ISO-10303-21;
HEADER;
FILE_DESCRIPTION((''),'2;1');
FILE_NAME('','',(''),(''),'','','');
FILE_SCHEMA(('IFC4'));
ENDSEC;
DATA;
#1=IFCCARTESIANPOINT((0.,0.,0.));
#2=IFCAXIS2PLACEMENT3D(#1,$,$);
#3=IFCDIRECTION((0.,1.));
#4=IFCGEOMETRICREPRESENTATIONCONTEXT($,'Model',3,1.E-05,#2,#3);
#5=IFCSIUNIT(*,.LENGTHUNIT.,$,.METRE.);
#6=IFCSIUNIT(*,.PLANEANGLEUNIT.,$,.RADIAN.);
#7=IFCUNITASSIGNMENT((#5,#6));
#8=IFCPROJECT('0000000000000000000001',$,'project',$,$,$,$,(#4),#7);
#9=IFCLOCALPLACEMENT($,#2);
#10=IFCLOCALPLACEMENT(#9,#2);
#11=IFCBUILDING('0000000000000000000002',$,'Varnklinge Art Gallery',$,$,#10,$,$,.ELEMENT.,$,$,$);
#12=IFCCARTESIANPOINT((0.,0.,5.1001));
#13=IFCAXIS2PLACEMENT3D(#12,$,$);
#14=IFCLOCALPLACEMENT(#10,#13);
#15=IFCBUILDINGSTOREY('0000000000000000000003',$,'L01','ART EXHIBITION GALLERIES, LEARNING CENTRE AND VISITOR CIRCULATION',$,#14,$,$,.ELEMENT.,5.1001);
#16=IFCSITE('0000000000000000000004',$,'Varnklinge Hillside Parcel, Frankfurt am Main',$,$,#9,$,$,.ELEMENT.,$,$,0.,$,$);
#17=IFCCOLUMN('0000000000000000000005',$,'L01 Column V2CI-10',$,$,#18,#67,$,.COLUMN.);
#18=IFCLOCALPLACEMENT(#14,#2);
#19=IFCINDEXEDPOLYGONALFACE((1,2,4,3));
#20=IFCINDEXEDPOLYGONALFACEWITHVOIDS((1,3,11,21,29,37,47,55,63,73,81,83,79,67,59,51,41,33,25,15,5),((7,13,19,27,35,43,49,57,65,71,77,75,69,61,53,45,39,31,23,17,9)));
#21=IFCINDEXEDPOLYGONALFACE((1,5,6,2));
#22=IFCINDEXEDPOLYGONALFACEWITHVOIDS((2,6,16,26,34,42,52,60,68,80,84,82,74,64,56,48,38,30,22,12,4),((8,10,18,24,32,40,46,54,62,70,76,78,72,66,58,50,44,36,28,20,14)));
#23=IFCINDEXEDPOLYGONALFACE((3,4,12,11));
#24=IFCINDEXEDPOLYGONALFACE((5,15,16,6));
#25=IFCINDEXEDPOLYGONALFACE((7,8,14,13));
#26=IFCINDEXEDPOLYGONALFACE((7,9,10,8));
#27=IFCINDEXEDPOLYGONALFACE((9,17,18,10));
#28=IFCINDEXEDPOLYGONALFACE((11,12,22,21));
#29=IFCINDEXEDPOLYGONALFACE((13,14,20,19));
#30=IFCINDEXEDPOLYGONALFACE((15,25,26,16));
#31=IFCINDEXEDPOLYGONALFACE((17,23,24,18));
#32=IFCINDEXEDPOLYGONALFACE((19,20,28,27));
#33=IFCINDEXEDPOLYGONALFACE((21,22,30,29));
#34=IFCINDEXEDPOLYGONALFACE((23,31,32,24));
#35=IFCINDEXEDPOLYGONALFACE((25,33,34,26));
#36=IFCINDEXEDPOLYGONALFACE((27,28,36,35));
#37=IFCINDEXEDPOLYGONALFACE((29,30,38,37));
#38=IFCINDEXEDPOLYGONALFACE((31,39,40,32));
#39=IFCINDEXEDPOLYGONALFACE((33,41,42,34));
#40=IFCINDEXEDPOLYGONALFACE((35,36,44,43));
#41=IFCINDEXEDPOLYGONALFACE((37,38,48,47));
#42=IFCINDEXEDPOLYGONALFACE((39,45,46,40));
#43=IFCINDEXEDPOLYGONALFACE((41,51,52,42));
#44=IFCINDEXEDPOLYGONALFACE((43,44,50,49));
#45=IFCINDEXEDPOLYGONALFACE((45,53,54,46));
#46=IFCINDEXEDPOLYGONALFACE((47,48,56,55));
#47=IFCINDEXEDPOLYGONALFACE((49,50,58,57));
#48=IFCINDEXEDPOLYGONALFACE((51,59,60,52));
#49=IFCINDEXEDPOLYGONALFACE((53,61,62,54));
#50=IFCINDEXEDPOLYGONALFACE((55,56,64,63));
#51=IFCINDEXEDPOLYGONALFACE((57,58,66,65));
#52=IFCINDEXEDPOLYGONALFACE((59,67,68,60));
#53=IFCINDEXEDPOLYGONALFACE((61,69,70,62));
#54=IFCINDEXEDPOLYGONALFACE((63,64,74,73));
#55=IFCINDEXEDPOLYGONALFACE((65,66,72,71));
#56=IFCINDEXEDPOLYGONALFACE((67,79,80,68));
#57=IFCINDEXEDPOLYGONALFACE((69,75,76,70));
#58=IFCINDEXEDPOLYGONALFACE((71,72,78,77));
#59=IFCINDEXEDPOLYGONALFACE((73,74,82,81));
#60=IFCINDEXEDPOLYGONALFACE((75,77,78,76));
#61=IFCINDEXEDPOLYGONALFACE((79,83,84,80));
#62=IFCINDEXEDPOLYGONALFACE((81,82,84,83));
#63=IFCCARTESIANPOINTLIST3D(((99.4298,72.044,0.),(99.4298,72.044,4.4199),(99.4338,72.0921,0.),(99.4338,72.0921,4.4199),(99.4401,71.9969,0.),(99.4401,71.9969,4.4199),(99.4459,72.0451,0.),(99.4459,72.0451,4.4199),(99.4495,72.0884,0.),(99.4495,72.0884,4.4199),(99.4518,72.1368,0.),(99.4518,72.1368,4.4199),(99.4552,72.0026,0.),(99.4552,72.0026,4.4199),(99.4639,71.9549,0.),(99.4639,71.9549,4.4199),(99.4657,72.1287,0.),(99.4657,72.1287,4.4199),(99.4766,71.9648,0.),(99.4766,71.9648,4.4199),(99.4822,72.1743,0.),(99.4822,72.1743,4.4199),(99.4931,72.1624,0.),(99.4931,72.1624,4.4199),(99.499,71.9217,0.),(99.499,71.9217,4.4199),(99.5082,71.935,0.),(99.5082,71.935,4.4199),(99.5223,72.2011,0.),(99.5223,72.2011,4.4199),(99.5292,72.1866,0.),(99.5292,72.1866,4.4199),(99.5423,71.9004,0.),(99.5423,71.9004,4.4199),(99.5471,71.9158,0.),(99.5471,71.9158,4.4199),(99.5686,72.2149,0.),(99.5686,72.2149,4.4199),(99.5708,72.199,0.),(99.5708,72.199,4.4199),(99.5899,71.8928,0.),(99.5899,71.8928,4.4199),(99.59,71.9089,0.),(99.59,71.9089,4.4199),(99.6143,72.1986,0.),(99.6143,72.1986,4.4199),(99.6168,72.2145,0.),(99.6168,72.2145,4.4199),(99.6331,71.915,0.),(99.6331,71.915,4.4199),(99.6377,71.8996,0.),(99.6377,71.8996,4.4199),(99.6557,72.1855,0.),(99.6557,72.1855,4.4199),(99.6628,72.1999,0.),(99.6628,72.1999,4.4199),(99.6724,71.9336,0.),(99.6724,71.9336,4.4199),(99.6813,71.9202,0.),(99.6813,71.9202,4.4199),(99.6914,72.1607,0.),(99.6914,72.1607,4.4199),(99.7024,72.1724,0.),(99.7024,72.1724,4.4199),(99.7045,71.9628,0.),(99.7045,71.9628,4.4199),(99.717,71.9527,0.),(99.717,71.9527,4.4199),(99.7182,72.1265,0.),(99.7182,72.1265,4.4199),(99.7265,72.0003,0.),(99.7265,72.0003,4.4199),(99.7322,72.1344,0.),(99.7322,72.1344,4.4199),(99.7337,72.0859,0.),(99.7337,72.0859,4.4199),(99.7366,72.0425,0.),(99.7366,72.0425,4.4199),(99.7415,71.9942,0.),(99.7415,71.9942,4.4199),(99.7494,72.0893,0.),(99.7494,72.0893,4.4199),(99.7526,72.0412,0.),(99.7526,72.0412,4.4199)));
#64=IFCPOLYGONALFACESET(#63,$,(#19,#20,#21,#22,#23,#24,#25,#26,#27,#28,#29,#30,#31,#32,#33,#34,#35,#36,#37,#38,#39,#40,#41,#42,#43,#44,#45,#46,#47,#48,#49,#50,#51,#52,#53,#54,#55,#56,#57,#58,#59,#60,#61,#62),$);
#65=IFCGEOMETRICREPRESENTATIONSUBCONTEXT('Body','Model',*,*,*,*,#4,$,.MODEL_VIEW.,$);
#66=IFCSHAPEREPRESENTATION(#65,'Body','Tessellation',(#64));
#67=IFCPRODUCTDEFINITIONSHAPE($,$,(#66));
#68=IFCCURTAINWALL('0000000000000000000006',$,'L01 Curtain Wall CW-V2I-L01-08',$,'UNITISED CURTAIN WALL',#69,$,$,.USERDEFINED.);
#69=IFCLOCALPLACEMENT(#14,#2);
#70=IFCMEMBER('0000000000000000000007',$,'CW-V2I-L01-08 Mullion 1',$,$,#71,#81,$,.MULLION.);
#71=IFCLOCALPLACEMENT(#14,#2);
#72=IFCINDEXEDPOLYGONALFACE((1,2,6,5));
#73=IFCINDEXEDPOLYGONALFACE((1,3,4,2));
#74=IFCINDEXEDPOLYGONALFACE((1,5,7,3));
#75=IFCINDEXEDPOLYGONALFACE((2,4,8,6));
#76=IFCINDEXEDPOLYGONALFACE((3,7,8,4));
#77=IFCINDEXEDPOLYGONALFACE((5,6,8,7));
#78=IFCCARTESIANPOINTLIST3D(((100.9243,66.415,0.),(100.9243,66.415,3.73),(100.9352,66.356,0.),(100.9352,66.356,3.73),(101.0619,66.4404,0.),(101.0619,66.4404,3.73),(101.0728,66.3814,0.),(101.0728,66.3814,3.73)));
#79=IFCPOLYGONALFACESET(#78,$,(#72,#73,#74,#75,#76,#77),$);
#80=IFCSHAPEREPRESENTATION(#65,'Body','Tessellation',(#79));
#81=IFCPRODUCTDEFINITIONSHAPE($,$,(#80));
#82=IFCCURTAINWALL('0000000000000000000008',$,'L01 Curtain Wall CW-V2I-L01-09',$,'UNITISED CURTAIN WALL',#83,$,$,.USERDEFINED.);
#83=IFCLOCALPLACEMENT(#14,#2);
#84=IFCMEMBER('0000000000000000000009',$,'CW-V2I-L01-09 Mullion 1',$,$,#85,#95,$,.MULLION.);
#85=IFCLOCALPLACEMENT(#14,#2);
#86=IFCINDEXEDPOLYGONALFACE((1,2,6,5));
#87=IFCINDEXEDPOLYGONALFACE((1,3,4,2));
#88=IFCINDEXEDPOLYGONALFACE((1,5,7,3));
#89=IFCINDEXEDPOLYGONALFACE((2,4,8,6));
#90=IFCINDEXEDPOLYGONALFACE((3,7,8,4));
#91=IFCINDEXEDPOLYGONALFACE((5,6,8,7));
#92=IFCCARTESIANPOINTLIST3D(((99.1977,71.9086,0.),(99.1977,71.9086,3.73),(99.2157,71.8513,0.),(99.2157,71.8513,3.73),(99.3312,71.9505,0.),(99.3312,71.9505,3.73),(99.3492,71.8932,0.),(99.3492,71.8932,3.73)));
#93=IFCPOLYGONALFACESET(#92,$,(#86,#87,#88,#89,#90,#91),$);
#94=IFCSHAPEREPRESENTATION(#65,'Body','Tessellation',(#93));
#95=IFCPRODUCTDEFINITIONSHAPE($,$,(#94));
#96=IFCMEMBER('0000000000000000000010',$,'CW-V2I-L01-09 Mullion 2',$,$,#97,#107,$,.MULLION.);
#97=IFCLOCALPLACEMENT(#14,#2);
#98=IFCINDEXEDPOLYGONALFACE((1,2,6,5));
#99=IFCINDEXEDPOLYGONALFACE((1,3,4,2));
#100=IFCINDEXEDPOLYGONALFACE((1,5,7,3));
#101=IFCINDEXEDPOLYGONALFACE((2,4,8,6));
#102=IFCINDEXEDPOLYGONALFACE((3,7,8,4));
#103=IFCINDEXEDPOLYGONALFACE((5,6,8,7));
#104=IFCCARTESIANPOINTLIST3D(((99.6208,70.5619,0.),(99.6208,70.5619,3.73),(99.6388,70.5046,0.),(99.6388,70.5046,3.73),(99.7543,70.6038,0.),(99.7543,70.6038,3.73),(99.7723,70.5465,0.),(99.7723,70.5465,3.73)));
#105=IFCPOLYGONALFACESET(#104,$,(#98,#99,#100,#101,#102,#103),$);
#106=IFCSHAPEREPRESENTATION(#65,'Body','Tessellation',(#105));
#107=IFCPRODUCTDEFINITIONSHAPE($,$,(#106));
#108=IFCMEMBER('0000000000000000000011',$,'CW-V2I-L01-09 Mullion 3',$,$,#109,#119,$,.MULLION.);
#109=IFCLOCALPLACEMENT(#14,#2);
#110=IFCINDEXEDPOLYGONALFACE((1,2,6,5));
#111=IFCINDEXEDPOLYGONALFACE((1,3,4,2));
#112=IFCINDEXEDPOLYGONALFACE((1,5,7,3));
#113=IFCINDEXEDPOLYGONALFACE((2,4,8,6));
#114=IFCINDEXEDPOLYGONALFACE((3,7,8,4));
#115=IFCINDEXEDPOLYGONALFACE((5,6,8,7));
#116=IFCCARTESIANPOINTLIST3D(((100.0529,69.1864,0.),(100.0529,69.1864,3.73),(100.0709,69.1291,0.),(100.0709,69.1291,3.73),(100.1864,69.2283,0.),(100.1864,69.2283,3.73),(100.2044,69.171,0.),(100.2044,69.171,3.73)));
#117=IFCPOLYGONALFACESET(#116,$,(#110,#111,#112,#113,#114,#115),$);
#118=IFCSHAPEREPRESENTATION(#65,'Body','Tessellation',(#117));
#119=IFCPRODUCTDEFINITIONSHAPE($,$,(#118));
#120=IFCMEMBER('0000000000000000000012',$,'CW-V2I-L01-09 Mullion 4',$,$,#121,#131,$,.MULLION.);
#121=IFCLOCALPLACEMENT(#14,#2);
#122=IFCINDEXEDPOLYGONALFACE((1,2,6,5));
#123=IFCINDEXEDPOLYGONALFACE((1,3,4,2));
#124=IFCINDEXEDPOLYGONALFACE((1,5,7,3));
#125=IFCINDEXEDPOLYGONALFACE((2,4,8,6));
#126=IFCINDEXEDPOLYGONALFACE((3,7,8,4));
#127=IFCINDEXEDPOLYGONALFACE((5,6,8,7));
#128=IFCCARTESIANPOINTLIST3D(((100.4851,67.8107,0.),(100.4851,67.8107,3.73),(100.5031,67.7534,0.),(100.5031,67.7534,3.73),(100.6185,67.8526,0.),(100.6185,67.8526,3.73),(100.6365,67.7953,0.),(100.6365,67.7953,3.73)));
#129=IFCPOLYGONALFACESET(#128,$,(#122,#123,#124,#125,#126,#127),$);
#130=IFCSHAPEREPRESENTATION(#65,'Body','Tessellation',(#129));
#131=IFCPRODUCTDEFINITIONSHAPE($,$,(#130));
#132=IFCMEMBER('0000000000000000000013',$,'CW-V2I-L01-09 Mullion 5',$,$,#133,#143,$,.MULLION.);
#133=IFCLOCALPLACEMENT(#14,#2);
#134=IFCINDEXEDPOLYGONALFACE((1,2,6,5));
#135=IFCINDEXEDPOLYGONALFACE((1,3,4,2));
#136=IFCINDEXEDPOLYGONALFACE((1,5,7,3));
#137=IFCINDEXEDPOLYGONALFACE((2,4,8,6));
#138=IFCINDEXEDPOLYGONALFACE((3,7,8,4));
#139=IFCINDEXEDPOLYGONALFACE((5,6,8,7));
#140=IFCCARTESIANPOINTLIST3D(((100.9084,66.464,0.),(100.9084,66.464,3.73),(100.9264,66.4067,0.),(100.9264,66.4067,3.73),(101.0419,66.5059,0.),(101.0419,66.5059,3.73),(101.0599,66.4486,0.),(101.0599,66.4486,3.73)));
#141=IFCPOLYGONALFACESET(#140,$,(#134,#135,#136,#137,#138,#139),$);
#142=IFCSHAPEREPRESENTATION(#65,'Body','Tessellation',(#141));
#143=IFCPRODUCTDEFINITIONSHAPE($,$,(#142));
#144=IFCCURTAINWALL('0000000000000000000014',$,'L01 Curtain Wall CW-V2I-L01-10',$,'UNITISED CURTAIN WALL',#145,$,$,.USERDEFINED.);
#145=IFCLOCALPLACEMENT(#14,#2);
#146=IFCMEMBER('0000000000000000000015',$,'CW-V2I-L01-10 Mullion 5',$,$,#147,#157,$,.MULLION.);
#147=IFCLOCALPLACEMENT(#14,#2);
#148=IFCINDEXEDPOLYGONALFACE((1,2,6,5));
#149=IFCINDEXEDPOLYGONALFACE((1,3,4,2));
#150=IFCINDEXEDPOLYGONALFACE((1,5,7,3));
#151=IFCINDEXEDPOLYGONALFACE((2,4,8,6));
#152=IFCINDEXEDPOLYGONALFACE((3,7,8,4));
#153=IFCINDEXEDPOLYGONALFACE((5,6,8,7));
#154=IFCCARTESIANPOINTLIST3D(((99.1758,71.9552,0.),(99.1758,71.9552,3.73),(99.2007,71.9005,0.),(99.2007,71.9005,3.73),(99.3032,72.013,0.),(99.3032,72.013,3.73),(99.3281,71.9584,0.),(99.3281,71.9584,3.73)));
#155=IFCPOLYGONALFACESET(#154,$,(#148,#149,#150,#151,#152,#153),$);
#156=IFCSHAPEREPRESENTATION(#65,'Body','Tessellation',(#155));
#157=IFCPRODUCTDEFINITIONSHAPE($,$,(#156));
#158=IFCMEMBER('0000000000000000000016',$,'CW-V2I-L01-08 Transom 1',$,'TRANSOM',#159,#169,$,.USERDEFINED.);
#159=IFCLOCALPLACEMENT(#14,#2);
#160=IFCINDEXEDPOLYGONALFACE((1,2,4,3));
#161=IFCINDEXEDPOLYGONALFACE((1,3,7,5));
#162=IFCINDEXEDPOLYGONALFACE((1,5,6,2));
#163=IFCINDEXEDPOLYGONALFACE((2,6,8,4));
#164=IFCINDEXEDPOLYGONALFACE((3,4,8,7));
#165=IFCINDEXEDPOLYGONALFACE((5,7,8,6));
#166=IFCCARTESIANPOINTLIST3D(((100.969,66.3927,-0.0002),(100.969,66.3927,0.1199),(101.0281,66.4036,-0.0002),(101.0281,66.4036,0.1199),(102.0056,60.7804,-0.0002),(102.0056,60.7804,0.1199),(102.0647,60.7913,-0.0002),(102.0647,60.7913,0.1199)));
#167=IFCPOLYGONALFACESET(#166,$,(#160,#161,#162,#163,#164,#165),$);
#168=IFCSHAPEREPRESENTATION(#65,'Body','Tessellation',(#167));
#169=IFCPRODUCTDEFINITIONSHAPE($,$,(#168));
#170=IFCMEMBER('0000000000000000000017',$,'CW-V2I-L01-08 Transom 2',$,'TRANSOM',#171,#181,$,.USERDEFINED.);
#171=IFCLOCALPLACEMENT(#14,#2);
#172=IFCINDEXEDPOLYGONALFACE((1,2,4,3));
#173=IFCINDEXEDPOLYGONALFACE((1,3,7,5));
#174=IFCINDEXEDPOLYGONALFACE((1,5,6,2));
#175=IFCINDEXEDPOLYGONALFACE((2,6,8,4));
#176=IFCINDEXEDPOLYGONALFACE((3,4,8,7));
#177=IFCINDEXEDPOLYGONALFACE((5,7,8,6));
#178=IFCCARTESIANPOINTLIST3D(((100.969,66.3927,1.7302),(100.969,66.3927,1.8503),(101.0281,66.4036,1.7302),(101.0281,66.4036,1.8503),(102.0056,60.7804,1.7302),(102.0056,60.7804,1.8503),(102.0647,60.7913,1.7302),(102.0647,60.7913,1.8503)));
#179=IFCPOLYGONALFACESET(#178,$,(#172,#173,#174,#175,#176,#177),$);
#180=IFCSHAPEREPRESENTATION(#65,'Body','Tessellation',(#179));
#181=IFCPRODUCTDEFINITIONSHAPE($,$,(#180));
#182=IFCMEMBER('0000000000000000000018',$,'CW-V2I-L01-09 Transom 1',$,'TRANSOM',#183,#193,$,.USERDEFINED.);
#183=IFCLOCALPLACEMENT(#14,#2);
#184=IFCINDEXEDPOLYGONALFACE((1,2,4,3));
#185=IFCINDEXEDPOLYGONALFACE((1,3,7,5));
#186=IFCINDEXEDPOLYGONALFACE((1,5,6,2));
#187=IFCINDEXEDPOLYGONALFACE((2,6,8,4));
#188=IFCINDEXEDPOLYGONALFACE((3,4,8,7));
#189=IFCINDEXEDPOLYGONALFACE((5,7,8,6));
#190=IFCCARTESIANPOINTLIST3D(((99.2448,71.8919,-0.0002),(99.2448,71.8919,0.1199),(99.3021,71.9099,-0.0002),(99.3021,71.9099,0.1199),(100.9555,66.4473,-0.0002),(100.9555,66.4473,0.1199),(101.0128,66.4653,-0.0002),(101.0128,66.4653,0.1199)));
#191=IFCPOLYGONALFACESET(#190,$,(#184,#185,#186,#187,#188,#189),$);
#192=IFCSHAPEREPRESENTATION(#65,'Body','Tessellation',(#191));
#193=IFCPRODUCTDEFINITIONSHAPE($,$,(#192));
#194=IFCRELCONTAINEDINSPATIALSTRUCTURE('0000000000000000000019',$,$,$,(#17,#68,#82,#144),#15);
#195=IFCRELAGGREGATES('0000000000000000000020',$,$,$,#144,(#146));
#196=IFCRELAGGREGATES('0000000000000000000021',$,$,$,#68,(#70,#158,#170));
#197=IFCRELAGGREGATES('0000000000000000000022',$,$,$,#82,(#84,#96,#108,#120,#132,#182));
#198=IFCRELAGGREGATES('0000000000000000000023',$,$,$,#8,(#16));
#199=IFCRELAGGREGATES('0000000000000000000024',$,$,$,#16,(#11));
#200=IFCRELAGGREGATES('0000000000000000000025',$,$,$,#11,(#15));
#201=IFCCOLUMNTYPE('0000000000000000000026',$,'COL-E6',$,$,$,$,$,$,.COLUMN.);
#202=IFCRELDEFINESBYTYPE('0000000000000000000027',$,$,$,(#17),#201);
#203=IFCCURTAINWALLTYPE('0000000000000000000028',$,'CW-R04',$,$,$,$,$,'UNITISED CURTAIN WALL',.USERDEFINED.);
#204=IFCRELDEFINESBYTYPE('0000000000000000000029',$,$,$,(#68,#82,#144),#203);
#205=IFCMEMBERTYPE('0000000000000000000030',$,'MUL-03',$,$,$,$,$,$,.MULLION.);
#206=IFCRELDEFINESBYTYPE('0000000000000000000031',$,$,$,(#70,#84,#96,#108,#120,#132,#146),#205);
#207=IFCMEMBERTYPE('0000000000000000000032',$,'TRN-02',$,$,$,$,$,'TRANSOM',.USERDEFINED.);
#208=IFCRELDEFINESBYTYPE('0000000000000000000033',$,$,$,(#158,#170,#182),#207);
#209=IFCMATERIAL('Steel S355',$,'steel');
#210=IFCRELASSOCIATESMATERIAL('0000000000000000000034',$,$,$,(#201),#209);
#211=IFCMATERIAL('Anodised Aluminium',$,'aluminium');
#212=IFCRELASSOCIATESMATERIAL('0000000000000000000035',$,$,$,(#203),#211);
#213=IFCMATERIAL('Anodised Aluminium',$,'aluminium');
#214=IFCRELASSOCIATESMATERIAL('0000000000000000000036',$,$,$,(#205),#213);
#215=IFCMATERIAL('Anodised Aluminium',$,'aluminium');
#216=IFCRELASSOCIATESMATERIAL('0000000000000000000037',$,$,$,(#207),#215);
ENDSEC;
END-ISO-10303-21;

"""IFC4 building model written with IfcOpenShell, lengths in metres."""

from ifc_helpers import new_model, si_unit, direction, frame, origin, origin_2d, place, context, subcontext, project, spatial, rectangle, hollow_circle, extrude, material, material_profile, profile_set, type_object, element, aggregate, save


model = new_model("IFC4")

# Units and contexts
model_context = context("Model", 3, precision=1e-05, world=origin(), true_north=direction((0.0, 1.0)))
body_context = subcontext(model_context, "Body", "Model", "MODEL_VIEW")
ifc_project = project(units=[si_unit("LENGTHUNIT", "METRE"), si_unit("PLANEANGLEUNIT", "RADIAN")], contexts=[model_context])

# Site, building, storey
site_placement = place(None, origin())
site = spatial("IfcSite", under=ifc_project, at=site_placement, Name="Varnklinge Hillside Parcel, Frankfurt am Main", CompositionType="ELEMENT", RefElevation=0.0)
building_placement = place(site_placement, origin())
building = spatial("IfcBuilding", under=site, at=building_placement, Name="Varnklinge Art Gallery", CompositionType="ELEMENT")
storey_placement = place(building_placement, frame((0.0, 0.0, 5.1001)))
storey = spatial("IfcBuildingStorey", under=building, at=storey_placement, Name="L01", Description="ART EXHIBITION GALLERIES, LEARNING CENTRE AND VISITOR CIRCULATION", CompositionType="ELEMENT", Elevation=5.1001)

# Column
ifc_material_1 = material(Name="Steel S355", Category="steel")
ifc_material_profile_1 = material_profile(ifc_material_1, hollow_circle(Radius=0.1619, WallThickness=0.0161, at=origin_2d()), Name="CHS 323.9x16")
ifc_profile_set_1 = profile_set([ifc_material_profile_1], Name="Steel S355")
column_type = type_object("IfcColumnType", Name="COL-E6", PredefinedType="COLUMN", material=ifc_profile_set_1)
column_placement = place(storey_placement, frame((99.5913, 72.0547, 0.0), z_axis=(0.0, 0.0, 1.0), x_axis=(-0.934018, -0.357227, 0.0)))
element("IfcColumn", 1, at=column_placement, inside=storey, type_object=column_type, Name="L01 Column V2CI-10", PredefinedType="COLUMN", context=body_context, shape_type="SweptSolid", body=[
    extrude(hollow_circle(Radius=0.1619, WallThickness=0.0161, at=origin_2d()), origin(), (0.0, 0.0, 1.0), 4.4199),
])

# Curtain wall, member
ifc_material_2 = material(Name="Anodised Aluminium", Category="aluminium")
curtain_wall_type = type_object("IfcCurtainWallType", Name="CW-R04", ElementType="UNITISED CURTAIN WALL", PredefinedType="USERDEFINED", material=ifc_material_2)
curtain_wall_1_placement = place(storey_placement, origin())
curtain_wall_1 = element("IfcCurtainWall", 2, at=curtain_wall_1_placement, inside=storey, type_object=curtain_wall_type, Name="L01 Curtain Wall CW-V2I-L01-08", ObjectType="UNITISED CURTAIN WALL", PredefinedType="USERDEFINED")
ifc_material_3 = material(Name="Anodised Aluminium", Category="aluminium")
ifc_material_profile_2 = material_profile(ifc_material_3, rectangle(XDim=0.0601, YDim=0.1399, at=origin_2d()), Name="ALU 60x140")
ifc_profile_set_2 = profile_set([ifc_material_profile_2], Name="Anodised Aluminium")
member_type_1 = type_object("IfcMemberType", Name="MUL-03", PredefinedType="MULLION", material=ifc_profile_set_2)
member_1_placement = place(storey_placement, frame((100.9985, 66.3982, 0.0), z_axis=(0.0, 0.0, 1.0), x_axis=(0.181549, -0.983382, 0.0)))
member_1 = element("IfcMember", 3, at=member_1_placement, type_object=member_type_1, Name="CW-V2I-L01-08 Mullion 1", PredefinedType="MULLION", context=body_context, shape_type="SweptSolid", body=[
    extrude(rectangle(XDim=0.0601, YDim=0.1399, at=origin_2d()), origin(), (0.0, 0.0, 1.0), 3.73),
])

# Curtain wall, members
curtain_wall_2_placement = place(storey_placement, origin())
curtain_wall_2 = element("IfcCurtainWall", 4, at=curtain_wall_2_placement, inside=storey, type_object=curtain_wall_type, Name="L01 Curtain Wall CW-V2I-L01-09", ObjectType="UNITISED CURTAIN WALL", PredefinedType="USERDEFINED")
member_2_placement = place(storey_placement, frame((99.2734, 71.9009, 0.0), z_axis=(0.0, 0.0, 1.0), x_axis=(0.299707, -0.954031, 0.0)))
member_2 = element("IfcMember", 5, at=member_2_placement, type_object=member_type_1, Name="CW-V2I-L01-09 Mullion 1", PredefinedType="MULLION", context=body_context, shape_type="SweptSolid", body=[
    extrude(rectangle(XDim=0.0601, YDim=0.1399, at=origin_2d()), origin(), (0.0, 0.0, 1.0), 3.73),
])
member_3_placement = place(storey_placement, frame((99.6965, 70.5542, 0.0), z_axis=(0.0, 0.0, 1.0), x_axis=(0.299707, -0.954031, 0.0)))
member_3 = element("IfcMember", 6, at=member_3_placement, type_object=member_type_1, Name="CW-V2I-L01-09 Mullion 2", PredefinedType="MULLION", context=body_context, shape_type="SweptSolid", body=[
    extrude(rectangle(XDim=0.0601, YDim=0.1399, at=origin_2d()), origin(), (0.0, 0.0, 1.0), 3.73),
])
member_4_placement = place(storey_placement, frame((100.1287, 69.1787, 0.0), z_axis=(0.0, 0.0, 1.0), x_axis=(0.299707, -0.954031, 0.0)))
member_4 = element("IfcMember", 7, at=member_4_placement, type_object=member_type_1, Name="CW-V2I-L01-09 Mullion 3", PredefinedType="MULLION", context=body_context, shape_type="SweptSolid", body=[
    extrude(rectangle(XDim=0.0601, YDim=0.1399, at=origin_2d()), origin(), (0.0, 0.0, 1.0), 3.73),
])
member_5_placement = place(storey_placement, frame((100.5608, 67.803, 0.0), z_axis=(0.0, 0.0, 1.0), x_axis=(0.299707, -0.954031, 0.0)))
member_5 = element("IfcMember", 8, at=member_5_placement, type_object=member_type_1, Name="CW-V2I-L01-09 Mullion 4", PredefinedType="MULLION", context=body_context, shape_type="SweptSolid", body=[
    extrude(rectangle(XDim=0.0601, YDim=0.1399, at=origin_2d()), origin(), (0.0, 0.0, 1.0), 3.73),
])
member_6_placement = place(storey_placement, frame((100.9841, 66.4563, 0.0), z_axis=(0.0, 0.0, 1.0), x_axis=(0.299707, -0.954031, 0.0)))
member_6 = element("IfcMember", 9, at=member_6_placement, type_object=member_type_1, Name="CW-V2I-L01-09 Mullion 5", PredefinedType="MULLION", context=body_context, shape_type="SweptSolid", body=[
    extrude(rectangle(XDim=0.0601, YDim=0.1399, at=origin_2d()), origin(), (0.0, 0.0, 1.0), 3.73),
])

# Curtain wall, member
curtain_wall_3_placement = place(storey_placement, origin())
curtain_wall_3 = element("IfcCurtainWall", 10, at=curtain_wall_3_placement, inside=storey, type_object=curtain_wall_type, Name="L01 Curtain Wall CW-V2I-L01-10", ObjectType="UNITISED CURTAIN WALL", PredefinedType="USERDEFINED")
member_7_placement = place(storey_placement, frame((99.252, 71.9568, 0.0), z_axis=(0.0, 0.0, 1.0), x_axis=(0.413422, -0.910539, 0.0)))
member_7 = element("IfcMember", 11, at=member_7_placement, type_object=member_type_1, Name="CW-V2I-L01-10 Mullion 5", PredefinedType="MULLION", context=body_context, shape_type="SweptSolid", body=[
    extrude(rectangle(XDim=0.0601, YDim=0.1399, at=origin_2d()), origin(), (0.0, 0.0, 1.0), 3.73),
])
aggregate(curtain_wall_3, [member_7])

# Members
ifc_material_4 = material(Name="Anodised Aluminium", Category="aluminium")
ifc_material_profile_3 = material_profile(ifc_material_4, rectangle(XDim=0.0601, YDim=0.1201, at=origin_2d()), Name="ALU 60x120")
ifc_profile_set_3 = profile_set([ifc_material_profile_3], Name="Anodised Aluminium")
member_type_2 = type_object("IfcMemberType", Name="TRN-02", ElementType="TRANSOM", PredefinedType="USERDEFINED", material=ifc_profile_set_3)
member_8_placement = place(storey_placement, frame((100.9985, 66.3982, 0.0598), z_axis=(0.181633, -0.983366, 0.0), x_axis=(0.983366, 0.181633, 0.0)))
member_8 = element("IfcMember", 12, at=member_8_placement, type_object=member_type_2, Name="CW-V2I-L01-08 Transom 1", ObjectType="TRANSOM", PredefinedType="USERDEFINED", context=body_context, shape_type="SweptSolid", body=[
    extrude(rectangle(XDim=0.0601, YDim=0.1201, at=origin_2d()), origin(), (0.0, 0.0, 1.0), 5.7073),
])
member_9_placement = place(storey_placement, frame((100.9985, 66.3982, 1.7903), z_axis=(0.181633, -0.983366, 0.0), x_axis=(0.983366, 0.181633, 0.0)))
member_9 = element("IfcMember", 13, at=member_9_placement, type_object=member_type_2, Name="CW-V2I-L01-08 Transom 2", ObjectType="TRANSOM", PredefinedType="USERDEFINED", context=body_context, shape_type="SweptSolid", body=[
    extrude(rectangle(XDim=0.0601, YDim=0.1201, at=origin_2d()), origin(), (0.0, 0.0, 1.0), 5.7073),
])
aggregate(curtain_wall_1, [member_1, member_8, member_9])
member_10_placement = place(storey_placement, frame((99.2734, 71.9009, 0.0598), z_axis=(0.299753, -0.954017, 0.0), x_axis=(0.954017, 0.299753, 0.0)))
member_10 = element("IfcMember", 14, at=member_10_placement, type_object=member_type_2, Name="CW-V2I-L01-09 Transom 1", ObjectType="TRANSOM", PredefinedType="USERDEFINED", context=body_context, shape_type="SweptSolid", body=[
    extrude(rectangle(XDim=0.0601, YDim=0.1201, at=origin_2d()), origin(), (0.0, 0.0, 1.0), 5.707),
])

aggregate(curtain_wall_2, [member_2, member_3, member_4, member_5, member_6, member_10])

save(model, "model.ifc")
